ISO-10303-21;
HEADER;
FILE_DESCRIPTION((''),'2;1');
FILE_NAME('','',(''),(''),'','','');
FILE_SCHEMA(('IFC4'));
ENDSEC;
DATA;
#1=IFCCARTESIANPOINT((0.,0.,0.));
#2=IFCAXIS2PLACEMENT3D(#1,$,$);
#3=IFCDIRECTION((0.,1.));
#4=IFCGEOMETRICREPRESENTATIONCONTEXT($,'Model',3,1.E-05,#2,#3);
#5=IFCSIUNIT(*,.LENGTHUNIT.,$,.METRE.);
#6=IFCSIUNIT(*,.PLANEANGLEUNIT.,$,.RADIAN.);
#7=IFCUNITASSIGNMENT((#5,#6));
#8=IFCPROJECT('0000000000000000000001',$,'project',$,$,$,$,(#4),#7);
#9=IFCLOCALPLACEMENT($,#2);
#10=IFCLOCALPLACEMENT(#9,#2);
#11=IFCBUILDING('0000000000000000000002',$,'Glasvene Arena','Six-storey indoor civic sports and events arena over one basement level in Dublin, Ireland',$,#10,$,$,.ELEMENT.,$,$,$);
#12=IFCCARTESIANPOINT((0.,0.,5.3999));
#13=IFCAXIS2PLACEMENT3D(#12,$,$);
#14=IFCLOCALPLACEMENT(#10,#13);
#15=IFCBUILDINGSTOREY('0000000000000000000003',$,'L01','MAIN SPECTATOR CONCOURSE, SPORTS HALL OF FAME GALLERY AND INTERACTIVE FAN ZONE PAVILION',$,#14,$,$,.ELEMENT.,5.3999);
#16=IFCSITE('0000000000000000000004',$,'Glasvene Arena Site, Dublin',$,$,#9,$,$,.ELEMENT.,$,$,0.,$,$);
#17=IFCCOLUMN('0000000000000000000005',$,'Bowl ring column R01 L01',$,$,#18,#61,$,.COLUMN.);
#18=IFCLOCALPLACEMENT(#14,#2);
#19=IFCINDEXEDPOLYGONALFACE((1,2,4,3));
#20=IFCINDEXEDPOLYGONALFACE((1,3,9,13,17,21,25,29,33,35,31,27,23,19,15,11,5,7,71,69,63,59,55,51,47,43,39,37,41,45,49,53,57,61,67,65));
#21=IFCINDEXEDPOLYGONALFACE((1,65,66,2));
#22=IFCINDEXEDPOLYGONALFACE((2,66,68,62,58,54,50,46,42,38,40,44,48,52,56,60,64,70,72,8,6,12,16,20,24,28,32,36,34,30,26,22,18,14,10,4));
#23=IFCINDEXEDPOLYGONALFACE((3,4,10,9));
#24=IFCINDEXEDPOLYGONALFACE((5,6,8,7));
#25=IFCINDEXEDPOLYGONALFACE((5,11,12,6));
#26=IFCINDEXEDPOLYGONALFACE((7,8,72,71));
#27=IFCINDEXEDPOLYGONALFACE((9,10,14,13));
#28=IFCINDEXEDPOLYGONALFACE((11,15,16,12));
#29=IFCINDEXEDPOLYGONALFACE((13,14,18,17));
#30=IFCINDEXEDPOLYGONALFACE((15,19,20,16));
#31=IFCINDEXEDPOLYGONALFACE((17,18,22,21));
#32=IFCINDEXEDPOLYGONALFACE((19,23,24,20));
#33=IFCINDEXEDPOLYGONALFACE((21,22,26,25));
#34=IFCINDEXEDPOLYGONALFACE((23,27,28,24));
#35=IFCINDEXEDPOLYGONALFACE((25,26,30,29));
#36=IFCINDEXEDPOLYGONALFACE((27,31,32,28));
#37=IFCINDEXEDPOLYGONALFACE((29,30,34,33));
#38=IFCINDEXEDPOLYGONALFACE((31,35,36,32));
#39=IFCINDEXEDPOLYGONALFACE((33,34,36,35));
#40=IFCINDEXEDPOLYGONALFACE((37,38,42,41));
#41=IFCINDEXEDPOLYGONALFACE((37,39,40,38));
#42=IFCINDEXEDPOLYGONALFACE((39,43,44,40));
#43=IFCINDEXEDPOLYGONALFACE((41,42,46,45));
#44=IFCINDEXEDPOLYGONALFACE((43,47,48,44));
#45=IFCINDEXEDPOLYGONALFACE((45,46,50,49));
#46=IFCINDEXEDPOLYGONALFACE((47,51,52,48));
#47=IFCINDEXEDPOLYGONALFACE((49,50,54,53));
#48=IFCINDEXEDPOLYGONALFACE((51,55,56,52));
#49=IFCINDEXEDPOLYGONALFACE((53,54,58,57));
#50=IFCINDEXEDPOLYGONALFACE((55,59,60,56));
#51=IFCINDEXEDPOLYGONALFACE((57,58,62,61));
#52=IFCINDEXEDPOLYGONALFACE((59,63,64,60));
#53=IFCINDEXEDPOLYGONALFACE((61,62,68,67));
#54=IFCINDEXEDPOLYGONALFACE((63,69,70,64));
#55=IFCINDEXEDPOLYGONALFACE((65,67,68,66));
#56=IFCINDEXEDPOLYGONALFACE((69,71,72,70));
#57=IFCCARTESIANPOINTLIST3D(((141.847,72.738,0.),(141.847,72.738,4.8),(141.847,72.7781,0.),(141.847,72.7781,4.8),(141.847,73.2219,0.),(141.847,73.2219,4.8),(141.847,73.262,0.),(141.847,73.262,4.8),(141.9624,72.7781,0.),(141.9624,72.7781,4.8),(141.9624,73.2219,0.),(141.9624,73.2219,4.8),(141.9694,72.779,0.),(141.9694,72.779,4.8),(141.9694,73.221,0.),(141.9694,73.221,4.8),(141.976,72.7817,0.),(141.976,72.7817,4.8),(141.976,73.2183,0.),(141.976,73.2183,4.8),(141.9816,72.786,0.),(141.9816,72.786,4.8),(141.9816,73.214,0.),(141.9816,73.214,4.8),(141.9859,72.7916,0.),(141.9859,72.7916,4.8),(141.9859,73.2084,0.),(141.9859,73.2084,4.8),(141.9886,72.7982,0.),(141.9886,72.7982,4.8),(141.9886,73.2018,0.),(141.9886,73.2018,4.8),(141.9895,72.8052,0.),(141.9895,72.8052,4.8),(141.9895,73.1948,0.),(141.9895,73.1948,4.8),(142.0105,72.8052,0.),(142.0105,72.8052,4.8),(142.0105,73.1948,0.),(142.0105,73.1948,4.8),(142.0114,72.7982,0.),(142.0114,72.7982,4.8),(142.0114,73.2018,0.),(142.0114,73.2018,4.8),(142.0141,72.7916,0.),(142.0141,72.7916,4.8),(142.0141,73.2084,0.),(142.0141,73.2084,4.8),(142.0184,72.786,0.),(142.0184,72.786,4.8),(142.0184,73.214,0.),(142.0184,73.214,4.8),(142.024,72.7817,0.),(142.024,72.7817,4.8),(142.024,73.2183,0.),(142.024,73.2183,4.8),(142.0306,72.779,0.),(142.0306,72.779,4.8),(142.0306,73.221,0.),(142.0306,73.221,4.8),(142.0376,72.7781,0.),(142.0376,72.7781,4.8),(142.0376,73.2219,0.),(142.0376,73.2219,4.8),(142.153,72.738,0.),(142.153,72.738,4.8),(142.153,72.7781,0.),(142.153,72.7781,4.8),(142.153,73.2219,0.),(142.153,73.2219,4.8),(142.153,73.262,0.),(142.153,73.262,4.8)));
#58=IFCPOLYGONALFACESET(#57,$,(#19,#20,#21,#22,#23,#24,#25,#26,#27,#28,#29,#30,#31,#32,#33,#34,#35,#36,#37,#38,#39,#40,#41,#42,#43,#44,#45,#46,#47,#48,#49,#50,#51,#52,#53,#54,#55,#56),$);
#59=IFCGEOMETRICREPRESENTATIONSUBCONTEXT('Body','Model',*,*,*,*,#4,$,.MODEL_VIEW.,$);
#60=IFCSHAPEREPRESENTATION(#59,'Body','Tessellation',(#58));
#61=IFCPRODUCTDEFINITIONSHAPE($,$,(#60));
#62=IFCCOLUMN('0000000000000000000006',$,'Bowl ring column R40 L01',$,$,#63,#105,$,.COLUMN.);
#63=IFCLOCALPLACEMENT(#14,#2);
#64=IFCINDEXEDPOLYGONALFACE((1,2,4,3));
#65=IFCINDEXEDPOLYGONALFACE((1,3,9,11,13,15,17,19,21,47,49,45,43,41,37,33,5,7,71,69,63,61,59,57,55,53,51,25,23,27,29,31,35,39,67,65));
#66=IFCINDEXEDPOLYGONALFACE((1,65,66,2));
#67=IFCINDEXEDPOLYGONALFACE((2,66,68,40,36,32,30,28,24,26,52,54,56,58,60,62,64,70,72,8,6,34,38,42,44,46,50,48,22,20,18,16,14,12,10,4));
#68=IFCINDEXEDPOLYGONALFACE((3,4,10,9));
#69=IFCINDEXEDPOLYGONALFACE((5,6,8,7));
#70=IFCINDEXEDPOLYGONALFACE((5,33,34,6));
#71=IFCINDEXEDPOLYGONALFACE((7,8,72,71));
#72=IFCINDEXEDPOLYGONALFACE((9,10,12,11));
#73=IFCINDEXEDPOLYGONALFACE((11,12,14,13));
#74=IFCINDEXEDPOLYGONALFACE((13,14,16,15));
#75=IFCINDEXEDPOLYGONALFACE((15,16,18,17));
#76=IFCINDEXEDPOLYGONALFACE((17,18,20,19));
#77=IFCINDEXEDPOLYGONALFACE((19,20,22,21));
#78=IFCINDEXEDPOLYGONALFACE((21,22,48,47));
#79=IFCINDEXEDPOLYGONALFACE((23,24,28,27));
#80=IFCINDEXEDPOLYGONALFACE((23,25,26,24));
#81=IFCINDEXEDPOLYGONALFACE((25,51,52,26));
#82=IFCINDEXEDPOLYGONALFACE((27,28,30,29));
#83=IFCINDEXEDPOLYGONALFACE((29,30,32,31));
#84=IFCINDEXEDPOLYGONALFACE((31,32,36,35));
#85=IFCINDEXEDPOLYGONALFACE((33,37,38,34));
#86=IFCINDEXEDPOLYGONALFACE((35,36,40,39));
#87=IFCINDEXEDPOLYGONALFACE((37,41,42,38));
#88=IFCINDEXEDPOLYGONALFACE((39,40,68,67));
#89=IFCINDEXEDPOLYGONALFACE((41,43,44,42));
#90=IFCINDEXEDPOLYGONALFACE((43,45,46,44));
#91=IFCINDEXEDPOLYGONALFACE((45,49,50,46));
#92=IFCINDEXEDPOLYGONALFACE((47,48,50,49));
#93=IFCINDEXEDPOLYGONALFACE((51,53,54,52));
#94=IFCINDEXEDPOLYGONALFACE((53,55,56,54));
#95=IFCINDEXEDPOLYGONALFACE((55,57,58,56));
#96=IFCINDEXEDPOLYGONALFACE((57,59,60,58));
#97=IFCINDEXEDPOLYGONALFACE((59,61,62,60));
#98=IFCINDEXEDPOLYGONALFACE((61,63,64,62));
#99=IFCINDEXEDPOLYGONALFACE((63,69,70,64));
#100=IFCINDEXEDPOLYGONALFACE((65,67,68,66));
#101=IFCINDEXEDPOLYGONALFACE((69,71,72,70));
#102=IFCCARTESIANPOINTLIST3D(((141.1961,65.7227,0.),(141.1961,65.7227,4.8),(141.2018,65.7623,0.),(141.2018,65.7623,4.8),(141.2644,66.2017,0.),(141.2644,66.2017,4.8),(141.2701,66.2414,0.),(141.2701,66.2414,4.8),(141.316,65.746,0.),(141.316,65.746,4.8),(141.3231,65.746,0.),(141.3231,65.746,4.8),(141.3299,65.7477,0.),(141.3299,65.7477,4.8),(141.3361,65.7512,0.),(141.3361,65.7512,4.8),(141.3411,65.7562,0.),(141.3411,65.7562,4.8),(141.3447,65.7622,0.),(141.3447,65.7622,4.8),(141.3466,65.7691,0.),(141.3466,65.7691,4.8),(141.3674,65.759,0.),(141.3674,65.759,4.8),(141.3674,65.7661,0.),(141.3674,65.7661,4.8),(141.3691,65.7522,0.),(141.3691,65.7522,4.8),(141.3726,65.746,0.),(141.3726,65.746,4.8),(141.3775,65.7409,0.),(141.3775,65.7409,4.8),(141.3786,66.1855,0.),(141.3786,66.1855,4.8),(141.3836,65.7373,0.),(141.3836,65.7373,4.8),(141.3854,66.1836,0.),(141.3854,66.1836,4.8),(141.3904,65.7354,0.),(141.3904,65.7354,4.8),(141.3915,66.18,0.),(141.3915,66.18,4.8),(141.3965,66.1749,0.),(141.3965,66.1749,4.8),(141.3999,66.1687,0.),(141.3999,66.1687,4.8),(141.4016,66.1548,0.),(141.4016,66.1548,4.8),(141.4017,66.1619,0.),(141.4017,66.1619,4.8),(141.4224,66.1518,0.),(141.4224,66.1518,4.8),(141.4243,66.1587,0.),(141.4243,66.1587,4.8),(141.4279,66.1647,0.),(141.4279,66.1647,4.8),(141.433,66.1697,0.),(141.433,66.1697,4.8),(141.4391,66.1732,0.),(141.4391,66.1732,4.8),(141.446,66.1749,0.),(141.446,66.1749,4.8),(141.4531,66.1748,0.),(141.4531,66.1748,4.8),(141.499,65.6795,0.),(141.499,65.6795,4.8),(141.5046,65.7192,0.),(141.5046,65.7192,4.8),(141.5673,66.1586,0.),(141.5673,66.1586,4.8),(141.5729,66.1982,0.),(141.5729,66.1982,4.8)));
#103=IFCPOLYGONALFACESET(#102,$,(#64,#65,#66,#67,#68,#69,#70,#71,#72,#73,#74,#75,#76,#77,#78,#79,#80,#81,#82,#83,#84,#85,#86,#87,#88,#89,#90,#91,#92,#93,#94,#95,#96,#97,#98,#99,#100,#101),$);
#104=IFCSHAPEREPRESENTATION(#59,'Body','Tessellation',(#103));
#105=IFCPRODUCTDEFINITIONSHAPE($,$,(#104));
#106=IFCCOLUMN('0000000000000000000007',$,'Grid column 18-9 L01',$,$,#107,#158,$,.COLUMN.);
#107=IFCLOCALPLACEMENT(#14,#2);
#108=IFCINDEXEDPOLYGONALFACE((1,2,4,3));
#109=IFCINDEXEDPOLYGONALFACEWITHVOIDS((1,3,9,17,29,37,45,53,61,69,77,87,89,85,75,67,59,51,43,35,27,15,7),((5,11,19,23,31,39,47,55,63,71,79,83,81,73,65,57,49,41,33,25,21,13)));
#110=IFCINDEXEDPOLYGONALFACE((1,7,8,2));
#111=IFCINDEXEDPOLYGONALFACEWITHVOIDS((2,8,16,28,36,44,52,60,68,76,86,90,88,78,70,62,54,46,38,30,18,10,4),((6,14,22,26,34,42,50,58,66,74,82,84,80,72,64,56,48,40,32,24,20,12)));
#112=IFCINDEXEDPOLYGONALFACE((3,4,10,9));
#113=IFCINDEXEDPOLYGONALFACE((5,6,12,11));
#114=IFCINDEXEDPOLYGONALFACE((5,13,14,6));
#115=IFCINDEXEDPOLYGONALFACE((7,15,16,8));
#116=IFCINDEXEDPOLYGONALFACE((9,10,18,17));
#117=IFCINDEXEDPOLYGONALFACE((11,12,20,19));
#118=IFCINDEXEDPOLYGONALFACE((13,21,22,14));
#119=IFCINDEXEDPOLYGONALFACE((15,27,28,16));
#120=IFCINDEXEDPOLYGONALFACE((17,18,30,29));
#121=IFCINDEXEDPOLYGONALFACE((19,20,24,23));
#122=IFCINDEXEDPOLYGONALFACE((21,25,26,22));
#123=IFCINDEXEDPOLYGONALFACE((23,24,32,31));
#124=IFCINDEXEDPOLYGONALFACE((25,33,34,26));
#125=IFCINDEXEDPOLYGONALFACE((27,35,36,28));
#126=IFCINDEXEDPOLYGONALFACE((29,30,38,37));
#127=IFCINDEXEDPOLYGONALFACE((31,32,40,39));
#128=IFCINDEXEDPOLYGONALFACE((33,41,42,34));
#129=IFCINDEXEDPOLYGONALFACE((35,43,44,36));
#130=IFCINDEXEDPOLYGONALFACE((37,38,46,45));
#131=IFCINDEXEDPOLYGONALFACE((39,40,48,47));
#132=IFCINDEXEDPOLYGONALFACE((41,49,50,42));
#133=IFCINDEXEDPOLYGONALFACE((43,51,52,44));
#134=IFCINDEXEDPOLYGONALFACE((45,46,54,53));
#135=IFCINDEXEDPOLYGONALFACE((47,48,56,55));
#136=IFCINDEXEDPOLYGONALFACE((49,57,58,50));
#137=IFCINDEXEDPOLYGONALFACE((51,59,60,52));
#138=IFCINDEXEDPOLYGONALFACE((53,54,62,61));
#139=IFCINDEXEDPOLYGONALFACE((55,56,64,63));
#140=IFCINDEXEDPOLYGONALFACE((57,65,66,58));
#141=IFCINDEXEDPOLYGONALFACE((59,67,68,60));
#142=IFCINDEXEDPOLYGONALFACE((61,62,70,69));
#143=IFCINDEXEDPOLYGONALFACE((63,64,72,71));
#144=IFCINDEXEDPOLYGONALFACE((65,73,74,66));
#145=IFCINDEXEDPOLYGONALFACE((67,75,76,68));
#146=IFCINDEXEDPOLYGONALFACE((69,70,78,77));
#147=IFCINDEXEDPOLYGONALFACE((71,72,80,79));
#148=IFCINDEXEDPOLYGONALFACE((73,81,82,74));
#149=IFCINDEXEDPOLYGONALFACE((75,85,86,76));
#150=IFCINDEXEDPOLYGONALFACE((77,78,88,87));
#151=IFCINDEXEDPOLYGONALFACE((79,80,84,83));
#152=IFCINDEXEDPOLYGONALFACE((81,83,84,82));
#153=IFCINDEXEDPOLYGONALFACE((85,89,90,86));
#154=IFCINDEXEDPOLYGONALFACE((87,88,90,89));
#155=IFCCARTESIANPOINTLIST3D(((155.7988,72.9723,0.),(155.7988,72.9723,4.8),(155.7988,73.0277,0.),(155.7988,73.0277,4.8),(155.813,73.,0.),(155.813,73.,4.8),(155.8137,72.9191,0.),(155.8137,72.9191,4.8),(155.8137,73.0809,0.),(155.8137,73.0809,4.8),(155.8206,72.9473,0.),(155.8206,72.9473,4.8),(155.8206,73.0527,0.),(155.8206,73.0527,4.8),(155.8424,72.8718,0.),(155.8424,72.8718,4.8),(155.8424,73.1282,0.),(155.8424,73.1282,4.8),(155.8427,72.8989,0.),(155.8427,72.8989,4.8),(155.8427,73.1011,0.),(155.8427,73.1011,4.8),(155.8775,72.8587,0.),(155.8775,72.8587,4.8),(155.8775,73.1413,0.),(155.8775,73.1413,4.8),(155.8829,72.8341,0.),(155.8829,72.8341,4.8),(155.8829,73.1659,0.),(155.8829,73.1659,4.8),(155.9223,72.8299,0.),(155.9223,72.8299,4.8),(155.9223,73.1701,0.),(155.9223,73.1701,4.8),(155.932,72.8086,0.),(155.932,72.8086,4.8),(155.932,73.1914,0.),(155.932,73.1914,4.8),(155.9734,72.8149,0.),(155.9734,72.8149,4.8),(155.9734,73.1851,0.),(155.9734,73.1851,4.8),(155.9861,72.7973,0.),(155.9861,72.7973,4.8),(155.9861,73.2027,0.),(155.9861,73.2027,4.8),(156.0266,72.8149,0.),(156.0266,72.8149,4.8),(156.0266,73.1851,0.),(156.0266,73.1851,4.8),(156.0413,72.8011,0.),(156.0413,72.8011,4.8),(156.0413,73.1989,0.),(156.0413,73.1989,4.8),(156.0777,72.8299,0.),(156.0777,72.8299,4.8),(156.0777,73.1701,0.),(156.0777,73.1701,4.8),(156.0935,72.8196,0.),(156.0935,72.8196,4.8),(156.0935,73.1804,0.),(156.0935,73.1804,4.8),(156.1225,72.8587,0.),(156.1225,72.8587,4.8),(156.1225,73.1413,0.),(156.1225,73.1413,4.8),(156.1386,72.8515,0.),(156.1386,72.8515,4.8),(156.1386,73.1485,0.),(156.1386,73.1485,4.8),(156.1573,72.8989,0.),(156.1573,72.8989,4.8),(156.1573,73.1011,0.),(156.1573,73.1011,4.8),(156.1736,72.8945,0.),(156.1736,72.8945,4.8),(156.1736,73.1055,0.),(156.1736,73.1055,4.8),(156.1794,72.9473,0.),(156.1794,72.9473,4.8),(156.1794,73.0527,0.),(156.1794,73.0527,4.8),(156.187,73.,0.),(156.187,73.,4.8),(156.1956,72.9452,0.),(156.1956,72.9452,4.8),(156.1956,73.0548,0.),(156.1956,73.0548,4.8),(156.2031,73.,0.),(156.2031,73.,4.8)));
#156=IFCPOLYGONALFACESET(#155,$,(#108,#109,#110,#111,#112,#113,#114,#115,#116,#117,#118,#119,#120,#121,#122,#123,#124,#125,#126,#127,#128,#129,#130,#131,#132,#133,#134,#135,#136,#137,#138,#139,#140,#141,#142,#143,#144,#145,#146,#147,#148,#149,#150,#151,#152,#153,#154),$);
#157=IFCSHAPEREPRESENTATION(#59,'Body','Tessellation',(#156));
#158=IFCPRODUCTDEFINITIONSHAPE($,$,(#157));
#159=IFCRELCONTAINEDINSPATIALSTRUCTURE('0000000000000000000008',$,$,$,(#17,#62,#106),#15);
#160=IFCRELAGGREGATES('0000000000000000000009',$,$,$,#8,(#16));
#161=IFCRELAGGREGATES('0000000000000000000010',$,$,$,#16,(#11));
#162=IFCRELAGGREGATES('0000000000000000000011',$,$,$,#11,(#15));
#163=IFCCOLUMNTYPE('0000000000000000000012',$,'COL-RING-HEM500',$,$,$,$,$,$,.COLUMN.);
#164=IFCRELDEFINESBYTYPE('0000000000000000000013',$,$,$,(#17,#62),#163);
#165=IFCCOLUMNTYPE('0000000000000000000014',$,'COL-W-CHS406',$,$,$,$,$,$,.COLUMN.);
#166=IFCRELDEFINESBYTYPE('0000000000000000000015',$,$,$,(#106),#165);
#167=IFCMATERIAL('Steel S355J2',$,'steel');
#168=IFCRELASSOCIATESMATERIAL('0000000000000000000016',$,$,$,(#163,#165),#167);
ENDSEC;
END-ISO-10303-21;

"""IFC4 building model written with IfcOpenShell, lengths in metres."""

from ifc_helpers import new_model, si_unit, direction, frame, origin, origin_2d, place, context, subcontext, project, spatial, hollow_circle, i_section, extrude, material, material_profile, profile_set, type_object, element, save


model = new_model("IFC4")

# Units and contexts
model_context = context("Model", 3, precision=1e-05, world=origin(), true_north=direction((0.0, 1.0)))
body_context = subcontext(model_context, "Body", "Model", "MODEL_VIEW")
ifc_project = project(units=[si_unit("LENGTHUNIT", "METRE"), si_unit("PLANEANGLEUNIT", "RADIAN")], contexts=[model_context])

# Site, building, storey
site_placement = place(None, origin())
site = spatial("IfcSite", under=ifc_project, at=site_placement, Name="Glasvene Arena Site, Dublin", CompositionType="ELEMENT", RefElevation=0.0)
building_placement = place(site_placement, origin())
building = spatial("IfcBuilding", under=site, at=building_placement, Name="Glasvene Arena", Description="Six-storey indoor civic sports and events arena over one basement level in Dublin, Ireland", CompositionType="ELEMENT")
storey_placement = place(building_placement, frame((0.0, 0.0, 5.3999)))
storey = spatial("IfcBuildingStorey", under=building, at=storey_placement, Name="L01", Description="MAIN SPECTATOR CONCOURSE, SPORTS HALL OF FAME GALLERY AND INTERACTIVE FAN ZONE PAVILION", CompositionType="ELEMENT", Elevation=5.3999)

# Columns
ifc_material_1 = material(Name="Steel S355J2", Category="steel")
ifc_material_profile_1 = material_profile(ifc_material_1, i_section(OverallWidth=0.3059, OverallDepth=0.5239, WebThickness=0.021, FlangeThickness=0.04, FilletRadius=0.0271, at=origin_2d()), Name="HEM 500")
ifc_profile_set_1 = profile_set([ifc_material_profile_1], Name="Steel S355J2")
column_type_1 = type_object("IfcColumnType", Name="COL-RING-HEM500", PredefinedType="COLUMN", material=ifc_profile_set_1)
for number, where, z_axis, x_axis, name in (
    (1, (142.0, 73.0, 0.0), (0.0, 0.0, 1.0), (1.0, 0.0, 0.0), "Bowl ring column R01 L01"),
    (2, (141.3845, 65.9604, 0.0), (0.0, 0.0, 1.0), (0.989999, -0.141074, 0.0), "Bowl ring column R40 L01"),
):
    element("IfcColumn", number, at=place(storey_placement, frame(where, z_axis=z_axis, x_axis=x_axis)), inside=storey, type_object=column_type_1, Name=name, PredefinedType="COLUMN", context=body_context, shape_type="SweptSolid", body=[
        extrude(i_section(OverallWidth=0.3059, OverallDepth=0.5239, WebThickness=0.021, FlangeThickness=0.04, FilletRadius=0.0271, at=origin_2d()), origin(), (0.0, 0.0, 1.0), 4.8),
    ])
ifc_material_profile_2 = material_profile(ifc_material_1, hollow_circle(Radius=0.2031, WallThickness=0.0161, at=origin_2d()), Name="CHS 406.4x16.0")
ifc_profile_set_2 = profile_set([ifc_material_profile_2], Name="Steel S355J2")
column_type_2 = type_object("IfcColumnType", Name="COL-W-CHS406", PredefinedType="COLUMN", material=ifc_profile_set_2)
column_1_placement = place(storey_placement, frame((156.0, 73.0, 0.0), z_axis=(0.0, 0.0, 1.0), x_axis=(1.0, 0.0, 0.0)))
element("IfcColumn", 3, at=column_1_placement, inside=storey, type_object=column_type_2, Name="Grid column 18-9 L01", PredefinedType="COLUMN", context=body_context, shape_type="SweptSolid", body=[
    extrude(hollow_circle(Radius=0.2031, WallThickness=0.0161, at=origin_2d()), origin(), (0.0, 0.0, 1.0), 4.8),
])

save(model, "model.ifc")
